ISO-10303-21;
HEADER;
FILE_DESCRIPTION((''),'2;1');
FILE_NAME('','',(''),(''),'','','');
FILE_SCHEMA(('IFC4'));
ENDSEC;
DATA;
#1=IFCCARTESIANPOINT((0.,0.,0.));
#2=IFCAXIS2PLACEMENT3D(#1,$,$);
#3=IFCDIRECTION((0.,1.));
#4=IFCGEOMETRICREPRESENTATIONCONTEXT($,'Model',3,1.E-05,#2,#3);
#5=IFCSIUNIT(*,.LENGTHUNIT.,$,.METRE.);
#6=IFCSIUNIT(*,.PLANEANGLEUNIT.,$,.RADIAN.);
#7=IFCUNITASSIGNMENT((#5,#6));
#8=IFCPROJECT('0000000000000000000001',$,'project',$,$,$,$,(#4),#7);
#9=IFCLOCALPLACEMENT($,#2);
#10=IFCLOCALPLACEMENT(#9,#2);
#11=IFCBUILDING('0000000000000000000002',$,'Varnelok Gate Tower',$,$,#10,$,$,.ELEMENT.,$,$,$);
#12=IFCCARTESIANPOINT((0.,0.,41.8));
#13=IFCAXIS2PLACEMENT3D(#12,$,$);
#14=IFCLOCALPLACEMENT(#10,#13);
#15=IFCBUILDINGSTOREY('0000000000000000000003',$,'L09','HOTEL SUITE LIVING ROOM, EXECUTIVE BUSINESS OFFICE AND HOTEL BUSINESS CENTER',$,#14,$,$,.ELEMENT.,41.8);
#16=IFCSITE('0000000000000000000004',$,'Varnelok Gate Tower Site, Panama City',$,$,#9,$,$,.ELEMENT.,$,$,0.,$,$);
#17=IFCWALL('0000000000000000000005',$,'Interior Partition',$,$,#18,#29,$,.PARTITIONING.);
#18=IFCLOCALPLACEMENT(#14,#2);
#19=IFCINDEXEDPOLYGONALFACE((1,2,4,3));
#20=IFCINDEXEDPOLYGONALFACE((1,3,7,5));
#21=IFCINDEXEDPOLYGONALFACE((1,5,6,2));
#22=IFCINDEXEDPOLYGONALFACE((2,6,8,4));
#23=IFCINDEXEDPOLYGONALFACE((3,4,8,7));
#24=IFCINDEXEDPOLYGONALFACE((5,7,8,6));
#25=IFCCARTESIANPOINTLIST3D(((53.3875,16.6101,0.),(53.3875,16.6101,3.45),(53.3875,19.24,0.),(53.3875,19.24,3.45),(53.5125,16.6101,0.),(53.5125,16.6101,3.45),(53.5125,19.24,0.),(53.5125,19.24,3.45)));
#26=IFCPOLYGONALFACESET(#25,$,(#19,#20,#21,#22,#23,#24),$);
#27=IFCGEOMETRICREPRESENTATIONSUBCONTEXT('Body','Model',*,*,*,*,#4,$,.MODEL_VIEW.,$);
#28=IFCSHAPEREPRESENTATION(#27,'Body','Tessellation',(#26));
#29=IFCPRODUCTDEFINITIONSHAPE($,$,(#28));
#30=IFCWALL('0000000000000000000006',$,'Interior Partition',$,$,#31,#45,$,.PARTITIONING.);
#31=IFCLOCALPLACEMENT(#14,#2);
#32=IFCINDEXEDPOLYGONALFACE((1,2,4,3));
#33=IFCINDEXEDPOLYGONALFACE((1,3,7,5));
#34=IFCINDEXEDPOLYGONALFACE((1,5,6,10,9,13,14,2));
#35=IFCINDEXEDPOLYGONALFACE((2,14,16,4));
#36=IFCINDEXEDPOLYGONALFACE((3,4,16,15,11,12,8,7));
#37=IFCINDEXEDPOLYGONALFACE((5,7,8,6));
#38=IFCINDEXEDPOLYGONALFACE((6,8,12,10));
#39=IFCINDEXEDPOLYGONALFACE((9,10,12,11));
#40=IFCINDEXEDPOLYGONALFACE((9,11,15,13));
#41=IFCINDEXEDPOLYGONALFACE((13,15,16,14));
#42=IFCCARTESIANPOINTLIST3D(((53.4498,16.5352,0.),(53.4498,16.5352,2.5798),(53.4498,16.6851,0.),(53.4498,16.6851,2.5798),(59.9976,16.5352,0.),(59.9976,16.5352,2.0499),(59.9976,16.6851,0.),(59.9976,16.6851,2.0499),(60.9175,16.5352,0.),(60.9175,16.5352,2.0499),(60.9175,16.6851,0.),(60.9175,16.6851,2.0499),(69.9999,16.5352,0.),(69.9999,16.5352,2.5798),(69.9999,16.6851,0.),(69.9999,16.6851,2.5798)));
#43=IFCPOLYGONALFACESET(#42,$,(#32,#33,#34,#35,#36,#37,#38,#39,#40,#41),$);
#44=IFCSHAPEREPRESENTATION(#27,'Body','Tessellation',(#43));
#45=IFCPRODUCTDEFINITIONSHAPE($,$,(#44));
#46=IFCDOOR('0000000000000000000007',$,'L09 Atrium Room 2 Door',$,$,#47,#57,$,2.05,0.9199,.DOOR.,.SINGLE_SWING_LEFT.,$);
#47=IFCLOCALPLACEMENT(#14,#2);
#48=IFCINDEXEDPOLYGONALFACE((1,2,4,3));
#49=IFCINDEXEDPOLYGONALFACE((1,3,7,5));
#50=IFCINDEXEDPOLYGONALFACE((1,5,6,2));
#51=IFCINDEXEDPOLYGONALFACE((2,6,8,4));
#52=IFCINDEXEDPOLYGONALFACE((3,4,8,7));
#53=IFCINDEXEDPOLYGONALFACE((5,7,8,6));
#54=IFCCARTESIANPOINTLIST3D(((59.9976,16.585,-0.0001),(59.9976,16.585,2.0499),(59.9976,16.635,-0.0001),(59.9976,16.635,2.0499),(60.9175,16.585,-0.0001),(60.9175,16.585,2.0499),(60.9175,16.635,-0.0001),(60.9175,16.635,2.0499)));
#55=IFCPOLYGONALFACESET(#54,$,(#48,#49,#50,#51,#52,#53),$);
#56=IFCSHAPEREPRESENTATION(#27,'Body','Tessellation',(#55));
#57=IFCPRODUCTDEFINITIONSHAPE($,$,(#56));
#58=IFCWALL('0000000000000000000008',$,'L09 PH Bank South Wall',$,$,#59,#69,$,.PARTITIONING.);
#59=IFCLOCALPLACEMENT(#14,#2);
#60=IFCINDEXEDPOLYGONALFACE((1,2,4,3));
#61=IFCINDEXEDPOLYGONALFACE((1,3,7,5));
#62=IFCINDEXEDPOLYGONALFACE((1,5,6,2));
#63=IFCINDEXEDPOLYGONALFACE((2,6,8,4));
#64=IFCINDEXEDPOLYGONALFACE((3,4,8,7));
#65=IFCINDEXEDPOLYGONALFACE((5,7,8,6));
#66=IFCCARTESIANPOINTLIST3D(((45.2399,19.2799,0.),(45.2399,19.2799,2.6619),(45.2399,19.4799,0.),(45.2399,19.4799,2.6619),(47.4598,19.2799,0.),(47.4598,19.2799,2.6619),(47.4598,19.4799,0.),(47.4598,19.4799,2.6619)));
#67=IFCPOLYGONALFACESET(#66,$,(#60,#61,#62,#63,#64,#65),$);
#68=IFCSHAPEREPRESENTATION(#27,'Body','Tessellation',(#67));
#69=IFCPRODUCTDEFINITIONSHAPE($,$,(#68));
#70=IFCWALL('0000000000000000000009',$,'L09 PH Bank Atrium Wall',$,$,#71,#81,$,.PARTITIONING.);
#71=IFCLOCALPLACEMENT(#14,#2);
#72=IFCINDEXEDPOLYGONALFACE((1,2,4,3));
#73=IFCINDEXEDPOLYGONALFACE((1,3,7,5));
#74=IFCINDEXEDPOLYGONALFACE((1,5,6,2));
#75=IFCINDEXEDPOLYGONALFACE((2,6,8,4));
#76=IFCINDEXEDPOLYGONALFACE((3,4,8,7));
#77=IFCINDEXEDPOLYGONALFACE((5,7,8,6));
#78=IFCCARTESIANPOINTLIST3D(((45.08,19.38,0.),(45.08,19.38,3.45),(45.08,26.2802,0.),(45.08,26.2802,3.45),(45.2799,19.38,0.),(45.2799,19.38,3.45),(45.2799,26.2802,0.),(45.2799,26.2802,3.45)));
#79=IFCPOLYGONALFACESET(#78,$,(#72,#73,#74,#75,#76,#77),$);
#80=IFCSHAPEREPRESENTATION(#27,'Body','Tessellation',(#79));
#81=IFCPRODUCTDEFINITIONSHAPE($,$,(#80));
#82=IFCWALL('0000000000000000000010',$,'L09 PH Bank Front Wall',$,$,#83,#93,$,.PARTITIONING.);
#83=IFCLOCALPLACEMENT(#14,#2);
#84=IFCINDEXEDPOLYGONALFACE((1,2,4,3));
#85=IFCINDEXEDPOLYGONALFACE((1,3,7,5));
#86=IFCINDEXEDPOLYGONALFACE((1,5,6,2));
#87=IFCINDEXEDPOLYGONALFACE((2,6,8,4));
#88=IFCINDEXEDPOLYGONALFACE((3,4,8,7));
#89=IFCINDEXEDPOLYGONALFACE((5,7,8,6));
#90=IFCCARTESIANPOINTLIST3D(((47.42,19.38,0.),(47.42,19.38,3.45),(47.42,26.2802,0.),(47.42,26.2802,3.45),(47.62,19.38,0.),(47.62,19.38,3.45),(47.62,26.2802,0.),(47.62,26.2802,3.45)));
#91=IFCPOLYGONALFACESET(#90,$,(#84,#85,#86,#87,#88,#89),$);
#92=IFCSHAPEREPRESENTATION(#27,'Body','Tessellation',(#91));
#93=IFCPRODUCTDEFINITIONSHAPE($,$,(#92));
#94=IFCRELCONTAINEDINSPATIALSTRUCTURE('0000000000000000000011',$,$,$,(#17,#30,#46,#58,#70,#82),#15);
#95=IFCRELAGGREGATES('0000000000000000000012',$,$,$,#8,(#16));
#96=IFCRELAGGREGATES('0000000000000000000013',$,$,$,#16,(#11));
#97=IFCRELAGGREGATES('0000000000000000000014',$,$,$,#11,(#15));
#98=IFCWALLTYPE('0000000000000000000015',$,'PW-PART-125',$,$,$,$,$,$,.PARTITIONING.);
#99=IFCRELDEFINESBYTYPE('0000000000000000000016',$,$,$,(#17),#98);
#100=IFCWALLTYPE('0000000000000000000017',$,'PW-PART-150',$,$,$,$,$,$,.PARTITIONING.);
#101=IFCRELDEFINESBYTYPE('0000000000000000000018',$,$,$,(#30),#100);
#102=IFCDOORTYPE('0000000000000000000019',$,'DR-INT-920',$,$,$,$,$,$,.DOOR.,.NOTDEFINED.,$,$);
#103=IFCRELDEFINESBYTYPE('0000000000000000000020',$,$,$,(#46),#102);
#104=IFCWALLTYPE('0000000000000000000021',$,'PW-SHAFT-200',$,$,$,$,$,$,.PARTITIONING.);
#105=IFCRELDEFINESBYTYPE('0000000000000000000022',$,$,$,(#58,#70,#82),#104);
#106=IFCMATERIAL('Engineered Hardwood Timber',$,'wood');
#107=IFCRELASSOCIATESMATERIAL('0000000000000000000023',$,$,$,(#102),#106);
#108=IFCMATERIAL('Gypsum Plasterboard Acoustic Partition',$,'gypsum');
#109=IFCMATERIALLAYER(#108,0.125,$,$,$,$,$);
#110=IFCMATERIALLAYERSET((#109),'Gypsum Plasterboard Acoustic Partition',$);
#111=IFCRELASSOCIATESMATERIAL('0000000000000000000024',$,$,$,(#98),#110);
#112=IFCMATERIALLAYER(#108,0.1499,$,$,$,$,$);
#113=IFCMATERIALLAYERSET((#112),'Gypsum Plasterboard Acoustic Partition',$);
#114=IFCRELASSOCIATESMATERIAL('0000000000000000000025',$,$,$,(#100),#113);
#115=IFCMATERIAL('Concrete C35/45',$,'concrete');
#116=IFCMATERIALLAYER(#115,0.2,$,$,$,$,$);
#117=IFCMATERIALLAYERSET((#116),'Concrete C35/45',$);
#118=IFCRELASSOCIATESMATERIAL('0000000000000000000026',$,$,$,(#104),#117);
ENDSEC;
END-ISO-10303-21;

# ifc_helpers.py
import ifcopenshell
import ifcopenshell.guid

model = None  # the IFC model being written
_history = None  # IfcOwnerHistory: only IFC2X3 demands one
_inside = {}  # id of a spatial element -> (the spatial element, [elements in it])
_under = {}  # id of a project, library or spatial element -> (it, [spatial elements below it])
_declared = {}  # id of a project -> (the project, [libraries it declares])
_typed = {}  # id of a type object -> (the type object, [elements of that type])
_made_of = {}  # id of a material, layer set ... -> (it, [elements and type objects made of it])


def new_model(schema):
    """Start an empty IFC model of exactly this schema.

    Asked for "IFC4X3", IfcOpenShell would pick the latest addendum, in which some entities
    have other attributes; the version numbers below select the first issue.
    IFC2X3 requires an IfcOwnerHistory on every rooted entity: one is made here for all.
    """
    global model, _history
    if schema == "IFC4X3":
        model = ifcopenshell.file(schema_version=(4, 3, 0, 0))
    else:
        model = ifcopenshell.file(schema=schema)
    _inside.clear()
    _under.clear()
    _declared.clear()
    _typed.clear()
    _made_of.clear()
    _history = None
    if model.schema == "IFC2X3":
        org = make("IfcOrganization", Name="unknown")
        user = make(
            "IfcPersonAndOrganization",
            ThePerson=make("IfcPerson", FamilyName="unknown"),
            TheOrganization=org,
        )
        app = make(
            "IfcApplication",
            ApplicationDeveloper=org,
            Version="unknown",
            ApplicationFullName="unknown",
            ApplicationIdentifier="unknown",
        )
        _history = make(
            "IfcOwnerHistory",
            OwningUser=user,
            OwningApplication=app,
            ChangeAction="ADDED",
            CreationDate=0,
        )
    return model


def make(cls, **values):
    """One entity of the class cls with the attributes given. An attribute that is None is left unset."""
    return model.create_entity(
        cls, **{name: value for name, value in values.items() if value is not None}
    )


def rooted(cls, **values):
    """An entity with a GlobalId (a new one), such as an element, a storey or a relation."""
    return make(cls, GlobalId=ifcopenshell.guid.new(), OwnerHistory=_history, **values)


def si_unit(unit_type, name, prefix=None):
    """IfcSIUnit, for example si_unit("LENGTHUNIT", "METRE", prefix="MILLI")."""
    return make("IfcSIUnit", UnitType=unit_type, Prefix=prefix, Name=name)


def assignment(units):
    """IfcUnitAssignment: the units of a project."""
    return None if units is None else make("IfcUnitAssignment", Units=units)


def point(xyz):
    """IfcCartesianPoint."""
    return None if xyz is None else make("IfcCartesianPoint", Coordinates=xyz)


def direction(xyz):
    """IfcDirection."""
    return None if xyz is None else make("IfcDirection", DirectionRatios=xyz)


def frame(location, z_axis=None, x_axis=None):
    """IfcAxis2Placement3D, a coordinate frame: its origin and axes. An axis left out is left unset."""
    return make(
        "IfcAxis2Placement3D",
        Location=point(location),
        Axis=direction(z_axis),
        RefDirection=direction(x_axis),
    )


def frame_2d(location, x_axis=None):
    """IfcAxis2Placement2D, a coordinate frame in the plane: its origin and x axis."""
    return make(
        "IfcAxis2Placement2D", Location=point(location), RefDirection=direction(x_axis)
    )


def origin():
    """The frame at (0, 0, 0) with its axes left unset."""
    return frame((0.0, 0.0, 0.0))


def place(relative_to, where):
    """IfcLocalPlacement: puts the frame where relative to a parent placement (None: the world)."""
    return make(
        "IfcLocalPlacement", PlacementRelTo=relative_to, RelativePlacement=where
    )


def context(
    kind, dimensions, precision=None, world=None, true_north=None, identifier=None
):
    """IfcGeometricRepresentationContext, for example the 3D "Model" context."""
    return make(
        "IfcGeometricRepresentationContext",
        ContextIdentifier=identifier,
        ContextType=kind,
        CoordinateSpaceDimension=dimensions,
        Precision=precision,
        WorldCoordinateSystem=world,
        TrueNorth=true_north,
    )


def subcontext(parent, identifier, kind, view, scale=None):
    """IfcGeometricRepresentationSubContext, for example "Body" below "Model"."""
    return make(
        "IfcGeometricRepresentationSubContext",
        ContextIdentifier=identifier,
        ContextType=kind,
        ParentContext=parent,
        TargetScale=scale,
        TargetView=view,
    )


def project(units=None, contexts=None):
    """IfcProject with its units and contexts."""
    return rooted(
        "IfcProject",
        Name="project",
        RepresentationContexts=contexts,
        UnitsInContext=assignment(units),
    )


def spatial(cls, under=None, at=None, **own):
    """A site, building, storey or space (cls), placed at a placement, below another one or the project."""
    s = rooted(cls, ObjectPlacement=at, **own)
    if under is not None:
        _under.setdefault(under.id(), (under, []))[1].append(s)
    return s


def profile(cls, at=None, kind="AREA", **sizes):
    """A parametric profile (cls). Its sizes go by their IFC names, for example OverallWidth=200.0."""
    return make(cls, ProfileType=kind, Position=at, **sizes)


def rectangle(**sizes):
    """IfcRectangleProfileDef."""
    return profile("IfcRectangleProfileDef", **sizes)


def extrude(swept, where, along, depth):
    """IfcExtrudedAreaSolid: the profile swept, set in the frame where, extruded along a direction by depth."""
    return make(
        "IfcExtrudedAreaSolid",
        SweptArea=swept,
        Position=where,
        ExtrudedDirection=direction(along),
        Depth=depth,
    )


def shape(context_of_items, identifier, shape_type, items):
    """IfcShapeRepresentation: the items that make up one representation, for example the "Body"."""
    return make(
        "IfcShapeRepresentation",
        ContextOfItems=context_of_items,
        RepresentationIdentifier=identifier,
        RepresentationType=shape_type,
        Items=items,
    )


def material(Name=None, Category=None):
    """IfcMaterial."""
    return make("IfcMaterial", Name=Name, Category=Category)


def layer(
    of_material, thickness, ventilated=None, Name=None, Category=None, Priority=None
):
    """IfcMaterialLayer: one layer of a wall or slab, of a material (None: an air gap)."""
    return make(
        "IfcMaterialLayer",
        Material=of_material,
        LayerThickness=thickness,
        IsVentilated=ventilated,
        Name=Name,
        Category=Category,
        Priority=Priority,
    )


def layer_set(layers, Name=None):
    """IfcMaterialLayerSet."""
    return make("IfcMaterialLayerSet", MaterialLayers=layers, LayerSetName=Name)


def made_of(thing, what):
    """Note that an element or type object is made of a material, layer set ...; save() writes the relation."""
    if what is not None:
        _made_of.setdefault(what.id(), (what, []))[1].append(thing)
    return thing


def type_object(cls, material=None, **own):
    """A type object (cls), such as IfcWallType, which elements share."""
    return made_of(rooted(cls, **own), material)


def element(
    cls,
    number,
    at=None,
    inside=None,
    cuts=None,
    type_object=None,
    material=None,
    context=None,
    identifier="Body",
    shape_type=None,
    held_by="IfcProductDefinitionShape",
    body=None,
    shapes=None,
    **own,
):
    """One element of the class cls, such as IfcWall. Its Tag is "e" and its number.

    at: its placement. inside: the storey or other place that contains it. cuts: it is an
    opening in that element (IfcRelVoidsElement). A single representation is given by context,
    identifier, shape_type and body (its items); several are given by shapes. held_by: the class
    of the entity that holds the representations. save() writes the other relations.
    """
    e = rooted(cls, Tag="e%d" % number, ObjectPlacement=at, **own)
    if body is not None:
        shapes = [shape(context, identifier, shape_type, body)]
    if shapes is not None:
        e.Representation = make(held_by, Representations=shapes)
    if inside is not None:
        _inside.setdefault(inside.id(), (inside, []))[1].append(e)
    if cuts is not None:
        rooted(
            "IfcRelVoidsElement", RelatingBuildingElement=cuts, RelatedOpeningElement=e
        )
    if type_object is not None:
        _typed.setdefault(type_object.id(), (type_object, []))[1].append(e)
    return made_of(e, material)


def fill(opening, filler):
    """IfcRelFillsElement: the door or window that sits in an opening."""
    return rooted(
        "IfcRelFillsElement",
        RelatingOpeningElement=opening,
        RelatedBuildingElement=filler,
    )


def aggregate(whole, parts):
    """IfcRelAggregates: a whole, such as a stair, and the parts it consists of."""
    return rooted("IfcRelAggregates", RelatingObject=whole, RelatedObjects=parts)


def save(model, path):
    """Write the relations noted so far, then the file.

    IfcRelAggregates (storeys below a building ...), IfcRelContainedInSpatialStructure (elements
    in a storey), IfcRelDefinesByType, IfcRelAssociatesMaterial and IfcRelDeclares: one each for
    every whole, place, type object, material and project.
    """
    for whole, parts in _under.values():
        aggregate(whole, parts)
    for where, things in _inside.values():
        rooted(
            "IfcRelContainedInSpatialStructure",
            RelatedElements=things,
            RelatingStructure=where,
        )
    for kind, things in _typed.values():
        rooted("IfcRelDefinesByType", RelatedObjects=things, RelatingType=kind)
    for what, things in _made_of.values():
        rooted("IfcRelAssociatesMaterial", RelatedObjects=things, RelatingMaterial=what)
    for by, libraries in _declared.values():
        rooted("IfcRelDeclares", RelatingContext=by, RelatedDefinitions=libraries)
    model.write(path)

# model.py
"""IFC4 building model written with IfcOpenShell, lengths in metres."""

from ifc_helpers import new_model, si_unit, direction, frame, frame_2d, origin, place, context, subcontext, project, spatial, rectangle, extrude, material, layer, layer_set, type_object, element, fill, save


model = new_model("IFC4")

# Units and contexts
model_context = context("Model", 3, precision=1e-05, world=origin(), true_north=direction((0.0, 1.0)))
body_context = subcontext(model_context, "Body", "Model", "MODEL_VIEW")
ifc_project = project(units=[si_unit("LENGTHUNIT", "METRE"), si_unit("PLANEANGLEUNIT", "RADIAN")], contexts=[model_context])

# Site, building, storey
site_placement = place(None, origin())
site = spatial("IfcSite", under=ifc_project, at=site_placement, Name="Varnelok Gate Tower Site, Panama City", CompositionType="ELEMENT", RefElevation=0.0)
building_placement = place(site_placement, origin())
building = spatial("IfcBuilding", under=site, at=building_placement, Name="Varnelok Gate Tower", CompositionType="ELEMENT")
storey_placement = place(building_placement, frame((0.0, 0.0, 41.8)))
storey = spatial("IfcBuildingStorey", under=building, at=storey_placement, Name="L09", Description="HOTEL SUITE LIVING ROOM, EXECUTIVE BUSINESS OFFICE AND HOTEL BUSINESS CENTER", CompositionType="ELEMENT", Elevation=41.8)

# Shared definitions
ifc_material_1 = material(Name="Gypsum Plasterboard Acoustic Partition", Category="gypsum")
ifc_material_2 = material(Name="Engineered Hardwood Timber", Category="wood")
door_type_1 = type_object("IfcDoorType", Name="DR-INT-920", OperationType="NOTDEFINED", PredefinedType="DOOR", material=ifc_material_2)

# Wall
ifc_layer_1 = layer(ifc_material_1, 0.125)
ifc_layer_set_1 = layer_set([ifc_layer_1], Name="Gypsum Plasterboard Acoustic Partition")
wall_type_1 = type_object("IfcWallType", Name="PW-PART-125", PredefinedType="PARTITIONING", material=ifc_layer_set_1)
wall_1_placement = place(storey_placement, frame((53.45, 16.6101, 0.0), z_axis=(0.0, 0.0, 1.0), x_axis=(0.0, 1.0, 0.0)))
element("IfcWall", 1, at=wall_1_placement, inside=storey, type_object=wall_type_1, Name="Interior Partition", PredefinedType="PARTITIONING", context=body_context, shape_type="SweptSolid", body=[
    extrude(rectangle(XDim=2.6299, YDim=0.125, at=frame_2d((1.3149, 0.0))), origin(), (0.0, 0.0, 1.0), 3.45),
])

# Wall, opening, door
ifc_layer_2 = layer(ifc_material_1, 0.1499)
ifc_layer_set_2 = layer_set([ifc_layer_2], Name="Gypsum Plasterboard Acoustic Partition")
wall_type_2 = type_object("IfcWallType", Name="PW-PART-150", PredefinedType="PARTITIONING", material=ifc_layer_set_2)
wall_2_placement = place(storey_placement, frame((53.45, 16.6101, 0.0), z_axis=(0.0, 0.0, 1.0), x_axis=(1.0, 0.0, 0.0)))
wall_2 = element("IfcWall", 2, at=wall_2_placement, inside=storey, type_object=wall_type_2, Name="Interior Partition", PredefinedType="PARTITIONING", context=body_context, shape_type="SweptSolid", body=[
    extrude(rectangle(XDim=16.55, YDim=0.1499, at=frame_2d((8.2749, 0.0))), origin(), (0.0, 0.0, 1.0), 2.5798),
])
opening_1_placement = place(wall_2_placement, frame((6.5476, 0.0, 0.0)))
opening_1 = element("IfcOpeningElement", 3, at=opening_1_placement, cuts=wall_2, PredefinedType="OPENING", context=body_context, shape_type="SweptSolid", body=[
    extrude(rectangle(XDim=0.9199, YDim=2.05, at=frame_2d((0.46, 1.0249))), frame((0.0, 0.085, 0.0), z_axis=(0.0, -1.0, 0.0), x_axis=(1.0, 0.0, 0.0)), (0.0, 0.0, 1.0), 0.1699),
])
door_1_placement = place(opening_1_placement, origin())
door_1 = element("IfcDoor", 4, at=door_1_placement, inside=storey, type_object=door_type_1, Name="L09 Atrium Room 2 Door", OperationType="SINGLE_SWING_LEFT", OverallHeight=2.05, OverallWidth=0.9199, PredefinedType="DOOR", context=body_context, shape_type="SweptSolid", body=[
    extrude(rectangle(XDim=0.9199, YDim=2.05, at=frame_2d((0.46, 1.0249))), frame((0.0, 0.0249, 0.0), z_axis=(0.0, -1.0, 0.0), x_axis=(1.0, 0.0, 0.0)), (0.0, 0.0, 1.0), 0.05),
])
fill(opening_1, door_1)

# Walls
ifc_material_3 = material(Name="Concrete C35/45", Category="concrete")
ifc_layer_3 = layer(ifc_material_3, 0.2)
ifc_layer_set_3 = layer_set([ifc_layer_3], Name="Concrete C35/45")
wall_type_3 = type_object("IfcWallType", Name="PW-SHAFT-200", PredefinedType="PARTITIONING", material=ifc_layer_set_3)
wall_3_placement = place(storey_placement, frame((45.24, 19.3799, 0.0), z_axis=(0.0, 0.0, 1.0), x_axis=(1.0, 0.0, 0.0)))
element("IfcWall", 5, at=wall_3_placement, inside=storey, type_object=wall_type_3, Name="L09 PH Bank South Wall", PredefinedType="PARTITIONING", context=body_context, shape_type="SweptSolid", body=[
    extrude(rectangle(XDim=2.22, YDim=0.2, at=frame_2d((1.1099, 0.0))), origin(), (0.0, 0.0, 1.0), 2.6619),
])
for number, where, z_axis, x_axis, name in (
    (6, (45.1799, 19.3799, 0.0), (0.0, 0.0, 1.0), (0.0, 1.0, 0.0), "L09 PH Bank Atrium Wall"),
    (7, (47.52, 19.3799, 0.0), (0.0, 0.0, 1.0), (0.0, 1.0, 0.0), "L09 PH Bank Front Wall"),
):
    element("IfcWall", number, at=place(storey_placement, frame(where, z_axis=z_axis, x_axis=x_axis)), inside=storey, type_object=wall_type_3, Name=name, PredefinedType="PARTITIONING", context=body_context, shape_type="SweptSolid", body=[
        extrude(rectangle(XDim=6.9001, YDim=0.2, at=frame_2d((3.4502, 0.0))), origin(), (0.0, 0.0, 1.0), 3.45),
    ])

save(model, "model.ifc")
